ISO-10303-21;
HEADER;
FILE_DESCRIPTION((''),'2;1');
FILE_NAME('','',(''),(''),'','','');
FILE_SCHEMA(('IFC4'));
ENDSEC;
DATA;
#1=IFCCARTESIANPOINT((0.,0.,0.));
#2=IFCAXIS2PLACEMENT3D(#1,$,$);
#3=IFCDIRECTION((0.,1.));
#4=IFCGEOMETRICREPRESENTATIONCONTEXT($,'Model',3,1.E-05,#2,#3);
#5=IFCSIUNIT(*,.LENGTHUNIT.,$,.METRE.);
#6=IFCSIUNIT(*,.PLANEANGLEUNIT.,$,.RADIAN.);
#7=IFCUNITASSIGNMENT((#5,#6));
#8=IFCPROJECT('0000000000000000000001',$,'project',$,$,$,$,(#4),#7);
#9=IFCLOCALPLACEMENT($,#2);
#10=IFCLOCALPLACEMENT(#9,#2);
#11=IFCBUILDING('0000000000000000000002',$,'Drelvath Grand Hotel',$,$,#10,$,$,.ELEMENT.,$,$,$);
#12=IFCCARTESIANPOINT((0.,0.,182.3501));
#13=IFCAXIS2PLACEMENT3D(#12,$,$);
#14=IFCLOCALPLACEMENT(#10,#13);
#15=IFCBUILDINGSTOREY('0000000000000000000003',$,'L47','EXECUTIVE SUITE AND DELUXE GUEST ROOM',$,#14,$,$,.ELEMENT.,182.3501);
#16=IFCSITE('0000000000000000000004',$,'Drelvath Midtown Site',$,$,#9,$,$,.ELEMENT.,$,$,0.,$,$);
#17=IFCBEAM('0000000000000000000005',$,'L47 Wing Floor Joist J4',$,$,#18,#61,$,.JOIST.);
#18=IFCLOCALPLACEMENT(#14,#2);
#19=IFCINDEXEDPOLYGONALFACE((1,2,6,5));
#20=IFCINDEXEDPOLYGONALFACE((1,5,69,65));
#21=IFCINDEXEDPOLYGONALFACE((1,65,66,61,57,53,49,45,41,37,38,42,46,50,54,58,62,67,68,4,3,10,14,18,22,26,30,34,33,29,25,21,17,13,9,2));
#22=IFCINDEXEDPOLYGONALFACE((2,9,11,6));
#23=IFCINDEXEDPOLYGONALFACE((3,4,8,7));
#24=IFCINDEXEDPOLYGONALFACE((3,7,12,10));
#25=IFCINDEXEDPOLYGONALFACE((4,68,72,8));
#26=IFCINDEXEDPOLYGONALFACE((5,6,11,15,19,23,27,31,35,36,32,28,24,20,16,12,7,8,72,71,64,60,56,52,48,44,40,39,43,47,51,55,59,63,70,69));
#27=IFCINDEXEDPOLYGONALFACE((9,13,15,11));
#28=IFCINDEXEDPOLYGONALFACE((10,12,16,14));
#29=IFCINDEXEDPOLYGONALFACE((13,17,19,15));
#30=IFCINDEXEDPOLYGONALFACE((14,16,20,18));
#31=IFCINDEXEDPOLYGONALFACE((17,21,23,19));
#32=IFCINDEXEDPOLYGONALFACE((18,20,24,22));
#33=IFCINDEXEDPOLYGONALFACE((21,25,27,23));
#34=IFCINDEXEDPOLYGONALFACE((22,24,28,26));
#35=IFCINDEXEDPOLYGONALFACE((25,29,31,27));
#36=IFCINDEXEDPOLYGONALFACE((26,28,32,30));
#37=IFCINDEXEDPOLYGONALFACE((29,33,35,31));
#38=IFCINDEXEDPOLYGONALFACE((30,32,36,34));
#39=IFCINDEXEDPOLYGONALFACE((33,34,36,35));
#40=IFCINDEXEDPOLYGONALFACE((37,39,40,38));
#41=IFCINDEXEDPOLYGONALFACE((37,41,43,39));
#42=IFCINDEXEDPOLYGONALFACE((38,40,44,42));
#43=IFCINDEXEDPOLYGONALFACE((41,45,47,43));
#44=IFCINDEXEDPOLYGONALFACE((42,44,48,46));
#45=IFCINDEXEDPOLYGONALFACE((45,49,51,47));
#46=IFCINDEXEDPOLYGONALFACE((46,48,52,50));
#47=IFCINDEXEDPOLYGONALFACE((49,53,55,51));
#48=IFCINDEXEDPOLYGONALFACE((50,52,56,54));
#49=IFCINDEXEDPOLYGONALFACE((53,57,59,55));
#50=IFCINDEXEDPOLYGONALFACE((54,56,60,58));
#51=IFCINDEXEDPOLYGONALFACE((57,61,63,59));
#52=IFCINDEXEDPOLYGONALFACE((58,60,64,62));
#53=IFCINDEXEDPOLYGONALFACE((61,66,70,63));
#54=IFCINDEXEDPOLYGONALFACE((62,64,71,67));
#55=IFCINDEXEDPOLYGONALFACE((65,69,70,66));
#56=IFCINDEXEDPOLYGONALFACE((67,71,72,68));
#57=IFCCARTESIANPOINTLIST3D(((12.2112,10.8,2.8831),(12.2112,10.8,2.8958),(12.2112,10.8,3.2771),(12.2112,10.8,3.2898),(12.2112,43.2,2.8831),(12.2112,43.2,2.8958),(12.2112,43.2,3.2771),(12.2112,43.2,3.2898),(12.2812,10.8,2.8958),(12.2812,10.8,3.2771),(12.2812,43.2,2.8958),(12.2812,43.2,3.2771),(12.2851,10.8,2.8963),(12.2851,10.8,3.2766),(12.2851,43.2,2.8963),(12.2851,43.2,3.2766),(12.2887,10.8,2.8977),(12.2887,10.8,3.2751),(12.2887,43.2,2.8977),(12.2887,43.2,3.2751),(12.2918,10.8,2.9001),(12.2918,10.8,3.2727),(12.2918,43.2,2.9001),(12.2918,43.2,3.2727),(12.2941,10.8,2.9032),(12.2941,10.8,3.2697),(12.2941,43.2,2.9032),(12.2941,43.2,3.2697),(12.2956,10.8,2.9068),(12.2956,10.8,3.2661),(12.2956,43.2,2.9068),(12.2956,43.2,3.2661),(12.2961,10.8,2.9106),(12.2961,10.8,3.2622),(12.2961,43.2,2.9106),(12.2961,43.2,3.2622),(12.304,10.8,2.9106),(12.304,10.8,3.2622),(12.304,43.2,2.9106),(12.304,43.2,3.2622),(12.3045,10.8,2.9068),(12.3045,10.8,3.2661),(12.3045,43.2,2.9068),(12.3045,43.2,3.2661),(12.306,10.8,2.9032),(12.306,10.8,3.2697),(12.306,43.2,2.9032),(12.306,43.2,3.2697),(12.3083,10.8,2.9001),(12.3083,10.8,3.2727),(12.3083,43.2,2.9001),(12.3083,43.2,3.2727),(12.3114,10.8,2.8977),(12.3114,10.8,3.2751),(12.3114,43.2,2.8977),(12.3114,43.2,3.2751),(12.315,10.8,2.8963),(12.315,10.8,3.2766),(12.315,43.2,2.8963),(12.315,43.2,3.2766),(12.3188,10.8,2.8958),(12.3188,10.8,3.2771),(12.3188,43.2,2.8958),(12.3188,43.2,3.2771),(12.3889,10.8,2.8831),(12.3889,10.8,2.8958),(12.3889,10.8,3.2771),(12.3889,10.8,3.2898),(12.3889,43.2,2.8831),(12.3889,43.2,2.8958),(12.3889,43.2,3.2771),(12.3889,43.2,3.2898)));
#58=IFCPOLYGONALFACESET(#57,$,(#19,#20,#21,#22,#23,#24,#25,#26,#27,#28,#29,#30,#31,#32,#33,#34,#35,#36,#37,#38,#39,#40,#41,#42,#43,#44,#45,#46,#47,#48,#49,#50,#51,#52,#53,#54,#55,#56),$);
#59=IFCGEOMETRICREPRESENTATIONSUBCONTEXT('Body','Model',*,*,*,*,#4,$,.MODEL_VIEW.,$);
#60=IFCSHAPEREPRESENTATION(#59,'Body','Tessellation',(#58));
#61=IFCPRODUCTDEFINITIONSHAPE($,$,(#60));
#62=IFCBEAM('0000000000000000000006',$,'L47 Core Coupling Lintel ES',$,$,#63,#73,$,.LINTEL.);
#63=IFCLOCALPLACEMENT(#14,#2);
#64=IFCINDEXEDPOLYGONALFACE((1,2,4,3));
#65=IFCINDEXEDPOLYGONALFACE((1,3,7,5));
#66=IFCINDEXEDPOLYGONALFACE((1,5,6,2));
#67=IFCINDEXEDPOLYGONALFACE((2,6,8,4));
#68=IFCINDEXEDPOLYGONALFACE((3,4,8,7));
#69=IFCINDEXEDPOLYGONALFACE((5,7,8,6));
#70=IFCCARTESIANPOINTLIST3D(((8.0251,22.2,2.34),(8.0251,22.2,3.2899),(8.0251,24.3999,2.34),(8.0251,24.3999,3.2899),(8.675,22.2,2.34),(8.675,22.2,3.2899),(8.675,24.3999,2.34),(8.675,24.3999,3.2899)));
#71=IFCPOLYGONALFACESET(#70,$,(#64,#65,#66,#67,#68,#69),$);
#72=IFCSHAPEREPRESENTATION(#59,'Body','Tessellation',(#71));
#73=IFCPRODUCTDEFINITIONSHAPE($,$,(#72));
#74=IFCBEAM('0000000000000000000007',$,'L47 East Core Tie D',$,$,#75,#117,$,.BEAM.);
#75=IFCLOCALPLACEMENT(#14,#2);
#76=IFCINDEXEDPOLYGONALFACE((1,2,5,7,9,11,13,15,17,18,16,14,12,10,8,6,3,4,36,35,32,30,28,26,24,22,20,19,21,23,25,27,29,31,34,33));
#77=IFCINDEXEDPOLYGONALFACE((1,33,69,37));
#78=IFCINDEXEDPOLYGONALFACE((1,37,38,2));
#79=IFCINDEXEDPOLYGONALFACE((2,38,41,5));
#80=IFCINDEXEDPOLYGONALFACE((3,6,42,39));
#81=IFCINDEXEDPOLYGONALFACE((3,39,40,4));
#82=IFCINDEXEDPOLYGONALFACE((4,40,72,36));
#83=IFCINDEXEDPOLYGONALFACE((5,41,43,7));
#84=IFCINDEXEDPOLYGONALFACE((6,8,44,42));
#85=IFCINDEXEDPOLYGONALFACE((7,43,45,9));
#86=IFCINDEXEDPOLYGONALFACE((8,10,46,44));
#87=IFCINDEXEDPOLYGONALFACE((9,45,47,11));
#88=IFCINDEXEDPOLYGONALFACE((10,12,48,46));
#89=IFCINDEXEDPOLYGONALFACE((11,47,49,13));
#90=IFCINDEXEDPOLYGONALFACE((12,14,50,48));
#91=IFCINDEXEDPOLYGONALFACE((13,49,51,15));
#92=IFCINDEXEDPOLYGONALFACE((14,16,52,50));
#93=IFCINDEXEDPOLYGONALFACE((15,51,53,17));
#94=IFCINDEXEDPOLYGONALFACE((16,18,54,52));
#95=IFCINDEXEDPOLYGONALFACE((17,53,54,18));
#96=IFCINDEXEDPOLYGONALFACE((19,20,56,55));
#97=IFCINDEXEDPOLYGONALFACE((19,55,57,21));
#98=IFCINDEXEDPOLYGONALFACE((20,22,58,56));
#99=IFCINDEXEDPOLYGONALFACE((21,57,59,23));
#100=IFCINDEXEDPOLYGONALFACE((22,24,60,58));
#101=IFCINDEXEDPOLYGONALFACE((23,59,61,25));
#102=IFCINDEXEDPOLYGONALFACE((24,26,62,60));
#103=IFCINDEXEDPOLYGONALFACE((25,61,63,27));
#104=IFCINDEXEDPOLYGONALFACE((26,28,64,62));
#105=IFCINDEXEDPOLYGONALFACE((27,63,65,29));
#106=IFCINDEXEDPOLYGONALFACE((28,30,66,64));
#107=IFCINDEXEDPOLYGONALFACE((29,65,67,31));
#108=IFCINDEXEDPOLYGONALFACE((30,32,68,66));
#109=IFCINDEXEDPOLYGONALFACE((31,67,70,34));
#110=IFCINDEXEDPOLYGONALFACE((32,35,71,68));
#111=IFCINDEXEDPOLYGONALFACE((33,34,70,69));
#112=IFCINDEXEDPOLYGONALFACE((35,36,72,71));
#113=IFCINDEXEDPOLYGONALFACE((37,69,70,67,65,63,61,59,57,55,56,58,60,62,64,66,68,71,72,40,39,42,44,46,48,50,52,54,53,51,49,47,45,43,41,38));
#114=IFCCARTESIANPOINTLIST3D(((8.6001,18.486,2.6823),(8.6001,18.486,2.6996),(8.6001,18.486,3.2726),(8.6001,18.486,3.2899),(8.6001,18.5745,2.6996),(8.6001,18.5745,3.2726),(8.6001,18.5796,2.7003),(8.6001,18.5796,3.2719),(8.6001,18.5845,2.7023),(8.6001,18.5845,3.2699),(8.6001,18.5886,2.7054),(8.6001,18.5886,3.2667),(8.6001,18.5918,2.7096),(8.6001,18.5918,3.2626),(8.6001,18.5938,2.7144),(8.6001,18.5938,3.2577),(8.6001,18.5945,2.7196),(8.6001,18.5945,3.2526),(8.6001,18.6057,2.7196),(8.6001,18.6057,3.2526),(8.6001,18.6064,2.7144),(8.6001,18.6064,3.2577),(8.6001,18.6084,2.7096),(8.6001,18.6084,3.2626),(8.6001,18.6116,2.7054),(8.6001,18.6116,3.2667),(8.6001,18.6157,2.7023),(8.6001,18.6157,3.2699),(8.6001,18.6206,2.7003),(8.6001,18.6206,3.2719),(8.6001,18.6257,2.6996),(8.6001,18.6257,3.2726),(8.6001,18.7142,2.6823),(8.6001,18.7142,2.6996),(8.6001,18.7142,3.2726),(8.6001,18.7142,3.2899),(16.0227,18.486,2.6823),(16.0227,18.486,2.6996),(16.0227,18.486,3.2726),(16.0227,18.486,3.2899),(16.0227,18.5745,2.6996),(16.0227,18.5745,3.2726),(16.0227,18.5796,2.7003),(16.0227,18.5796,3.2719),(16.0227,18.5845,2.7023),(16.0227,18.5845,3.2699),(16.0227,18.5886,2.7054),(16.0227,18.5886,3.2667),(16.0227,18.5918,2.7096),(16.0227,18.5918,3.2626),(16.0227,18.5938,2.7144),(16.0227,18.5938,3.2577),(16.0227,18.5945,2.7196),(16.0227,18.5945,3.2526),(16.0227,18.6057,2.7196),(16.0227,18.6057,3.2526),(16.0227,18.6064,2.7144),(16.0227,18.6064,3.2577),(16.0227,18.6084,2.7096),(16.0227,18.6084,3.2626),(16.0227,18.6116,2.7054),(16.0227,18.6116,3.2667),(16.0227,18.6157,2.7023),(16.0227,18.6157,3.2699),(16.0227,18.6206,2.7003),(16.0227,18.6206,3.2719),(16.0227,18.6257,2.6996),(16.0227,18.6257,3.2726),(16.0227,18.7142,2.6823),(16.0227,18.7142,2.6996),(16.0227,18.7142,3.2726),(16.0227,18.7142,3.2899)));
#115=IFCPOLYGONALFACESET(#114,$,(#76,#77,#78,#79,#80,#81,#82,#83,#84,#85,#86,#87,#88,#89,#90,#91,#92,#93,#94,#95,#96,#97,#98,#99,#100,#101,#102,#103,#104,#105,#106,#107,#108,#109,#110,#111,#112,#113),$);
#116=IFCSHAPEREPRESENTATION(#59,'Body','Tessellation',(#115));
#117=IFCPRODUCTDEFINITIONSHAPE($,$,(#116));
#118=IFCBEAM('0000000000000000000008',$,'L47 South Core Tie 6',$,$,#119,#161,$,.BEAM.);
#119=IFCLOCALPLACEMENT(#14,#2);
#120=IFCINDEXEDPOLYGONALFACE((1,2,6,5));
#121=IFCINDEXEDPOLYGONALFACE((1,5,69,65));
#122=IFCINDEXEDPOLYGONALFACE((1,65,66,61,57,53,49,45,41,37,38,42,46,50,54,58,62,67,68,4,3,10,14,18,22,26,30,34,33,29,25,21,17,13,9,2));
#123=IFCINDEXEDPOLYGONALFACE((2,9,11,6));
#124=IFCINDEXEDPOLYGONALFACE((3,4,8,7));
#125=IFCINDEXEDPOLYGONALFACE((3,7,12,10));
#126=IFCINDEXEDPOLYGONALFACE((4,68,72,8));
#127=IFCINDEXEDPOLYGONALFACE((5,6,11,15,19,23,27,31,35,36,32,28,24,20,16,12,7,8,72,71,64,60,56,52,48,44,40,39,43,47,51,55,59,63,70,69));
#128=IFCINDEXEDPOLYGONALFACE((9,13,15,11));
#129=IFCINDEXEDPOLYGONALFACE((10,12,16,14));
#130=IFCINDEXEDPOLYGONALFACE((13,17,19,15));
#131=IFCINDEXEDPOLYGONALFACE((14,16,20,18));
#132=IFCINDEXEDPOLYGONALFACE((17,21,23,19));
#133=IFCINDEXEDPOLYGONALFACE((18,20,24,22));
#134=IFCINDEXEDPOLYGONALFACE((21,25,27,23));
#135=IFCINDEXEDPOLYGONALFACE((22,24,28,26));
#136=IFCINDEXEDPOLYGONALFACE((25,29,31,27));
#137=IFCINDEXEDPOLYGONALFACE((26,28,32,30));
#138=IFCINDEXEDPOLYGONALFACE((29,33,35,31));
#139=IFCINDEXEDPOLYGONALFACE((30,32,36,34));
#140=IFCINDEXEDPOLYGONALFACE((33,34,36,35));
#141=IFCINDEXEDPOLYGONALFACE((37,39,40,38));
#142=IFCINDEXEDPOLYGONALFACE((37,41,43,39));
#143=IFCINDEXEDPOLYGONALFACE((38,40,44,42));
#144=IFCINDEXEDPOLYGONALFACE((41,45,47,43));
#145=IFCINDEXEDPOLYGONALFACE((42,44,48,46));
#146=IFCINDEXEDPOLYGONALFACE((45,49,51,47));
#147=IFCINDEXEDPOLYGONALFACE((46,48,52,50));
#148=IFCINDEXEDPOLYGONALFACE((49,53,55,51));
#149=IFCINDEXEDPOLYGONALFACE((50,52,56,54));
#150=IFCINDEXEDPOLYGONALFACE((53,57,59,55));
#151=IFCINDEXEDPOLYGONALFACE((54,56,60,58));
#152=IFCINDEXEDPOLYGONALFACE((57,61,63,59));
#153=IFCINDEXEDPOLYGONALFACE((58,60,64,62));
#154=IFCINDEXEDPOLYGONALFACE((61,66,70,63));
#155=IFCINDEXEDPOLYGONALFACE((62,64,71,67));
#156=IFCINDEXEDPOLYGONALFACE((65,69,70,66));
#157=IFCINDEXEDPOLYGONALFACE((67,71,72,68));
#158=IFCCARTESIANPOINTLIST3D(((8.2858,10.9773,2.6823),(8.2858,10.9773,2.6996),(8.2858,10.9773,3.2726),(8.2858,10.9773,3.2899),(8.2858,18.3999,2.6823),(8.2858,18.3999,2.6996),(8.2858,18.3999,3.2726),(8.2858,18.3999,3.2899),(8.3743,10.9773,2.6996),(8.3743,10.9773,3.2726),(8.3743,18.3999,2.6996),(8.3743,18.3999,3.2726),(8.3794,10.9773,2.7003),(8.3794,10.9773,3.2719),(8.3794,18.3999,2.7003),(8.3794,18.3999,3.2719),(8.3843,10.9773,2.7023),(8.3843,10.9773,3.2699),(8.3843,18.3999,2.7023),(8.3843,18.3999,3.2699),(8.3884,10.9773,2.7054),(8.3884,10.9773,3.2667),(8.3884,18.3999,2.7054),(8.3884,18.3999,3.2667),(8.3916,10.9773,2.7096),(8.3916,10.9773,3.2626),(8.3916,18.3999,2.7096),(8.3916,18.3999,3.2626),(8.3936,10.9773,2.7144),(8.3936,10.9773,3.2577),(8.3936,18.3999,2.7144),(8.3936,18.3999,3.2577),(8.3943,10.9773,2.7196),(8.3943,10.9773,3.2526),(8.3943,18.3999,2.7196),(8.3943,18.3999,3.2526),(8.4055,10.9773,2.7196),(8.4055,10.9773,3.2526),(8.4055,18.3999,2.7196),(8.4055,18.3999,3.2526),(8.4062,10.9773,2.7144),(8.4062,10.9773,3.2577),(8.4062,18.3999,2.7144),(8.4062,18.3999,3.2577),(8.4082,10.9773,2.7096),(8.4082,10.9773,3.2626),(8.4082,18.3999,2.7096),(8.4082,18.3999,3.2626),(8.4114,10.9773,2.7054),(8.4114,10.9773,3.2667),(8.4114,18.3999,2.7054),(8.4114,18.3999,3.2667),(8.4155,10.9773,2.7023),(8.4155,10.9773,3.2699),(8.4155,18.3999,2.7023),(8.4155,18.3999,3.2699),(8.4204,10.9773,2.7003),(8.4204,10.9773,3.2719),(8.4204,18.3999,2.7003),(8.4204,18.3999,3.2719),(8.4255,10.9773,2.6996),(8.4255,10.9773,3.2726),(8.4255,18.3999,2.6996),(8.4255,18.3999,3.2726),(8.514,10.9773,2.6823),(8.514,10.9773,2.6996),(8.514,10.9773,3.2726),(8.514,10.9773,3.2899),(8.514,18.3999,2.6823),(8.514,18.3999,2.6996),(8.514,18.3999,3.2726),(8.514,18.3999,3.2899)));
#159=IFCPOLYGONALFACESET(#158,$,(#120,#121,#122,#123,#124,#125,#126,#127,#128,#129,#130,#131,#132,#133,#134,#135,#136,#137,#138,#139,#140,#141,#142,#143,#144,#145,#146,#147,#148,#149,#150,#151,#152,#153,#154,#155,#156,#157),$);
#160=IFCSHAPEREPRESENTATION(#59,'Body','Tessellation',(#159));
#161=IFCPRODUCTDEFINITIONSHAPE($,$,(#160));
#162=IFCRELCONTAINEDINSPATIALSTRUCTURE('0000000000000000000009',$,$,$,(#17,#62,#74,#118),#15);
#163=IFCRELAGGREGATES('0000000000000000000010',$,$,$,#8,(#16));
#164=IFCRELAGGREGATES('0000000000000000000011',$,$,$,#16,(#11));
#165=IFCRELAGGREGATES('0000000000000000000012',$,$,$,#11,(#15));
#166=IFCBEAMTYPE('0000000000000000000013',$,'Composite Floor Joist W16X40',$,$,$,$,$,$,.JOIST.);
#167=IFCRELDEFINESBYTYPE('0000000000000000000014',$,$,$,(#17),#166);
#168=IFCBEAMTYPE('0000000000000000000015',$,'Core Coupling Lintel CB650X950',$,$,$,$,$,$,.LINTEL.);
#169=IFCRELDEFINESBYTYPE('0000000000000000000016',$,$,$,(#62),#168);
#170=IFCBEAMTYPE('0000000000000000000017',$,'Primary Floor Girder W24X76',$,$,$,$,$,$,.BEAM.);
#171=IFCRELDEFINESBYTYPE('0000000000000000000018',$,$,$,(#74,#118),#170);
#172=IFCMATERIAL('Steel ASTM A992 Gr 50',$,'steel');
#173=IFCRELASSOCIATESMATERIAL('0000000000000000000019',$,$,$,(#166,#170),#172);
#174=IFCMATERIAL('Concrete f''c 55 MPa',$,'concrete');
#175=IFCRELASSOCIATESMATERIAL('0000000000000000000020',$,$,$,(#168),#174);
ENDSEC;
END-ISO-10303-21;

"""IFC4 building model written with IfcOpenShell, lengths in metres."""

from ifc_helpers import new_model, si_unit, direction, frame, origin, origin_2d, place, context, subcontext, project, spatial, rectangle, i_section, extrude, material, material_profile, profile_set, type_object, element, save


model = new_model("IFC4")

# Units and contexts
model_context = context("Model", 3, precision=1e-05, world=origin(), true_north=direction((0.0, 1.0)))
body_context = subcontext(model_context, "Body", "Model", "MODEL_VIEW")
ifc_project = project(units=[si_unit("LENGTHUNIT", "METRE"), si_unit("PLANEANGLEUNIT", "RADIAN")], contexts=[model_context])

# Site, building, storey
site_placement = place(None, origin())
site = spatial("IfcSite", under=ifc_project, at=site_placement, Name="Drelvath Midtown Site", CompositionType="ELEMENT", RefElevation=0.0)
building_placement = place(site_placement, origin())
building = spatial("IfcBuilding", under=site, at=building_placement, Name="Drelvath Grand Hotel", CompositionType="ELEMENT")
storey_placement = place(building_placement, frame((0.0, 0.0, 182.3501)))
storey = spatial("IfcBuildingStorey", under=building, at=storey_placement, Name="L47", Description="EXECUTIVE SUITE AND DELUXE GUEST ROOM", CompositionType="ELEMENT", Elevation=182.3501)

# Beams
ifc_material_1 = material(Name="Steel ASTM A992 Gr 50", Category="steel")
ifc_material_profile_1 = material_profile(ifc_material_1, i_section(OverallWidth=0.1777, OverallDepth=0.4067, WebThickness=0.0078, FlangeThickness=0.0127, FilletRadius=0.0149, at=origin_2d()), Name="W16X40")
ifc_profile_set_1 = profile_set([ifc_material_profile_1], Name="Steel ASTM A992 Gr 50")
beam_type_1 = type_object("IfcBeamType", Name="Composite Floor Joist W16X40", PredefinedType="JOIST", material=ifc_profile_set_1)
beam_1_placement = place(storey_placement, frame((12.3, 10.8, 3.0864), z_axis=(0.0, 1.0, 0.0), x_axis=(-1.0, 0.0, 0.0)))
element("IfcBeam", 1, at=beam_1_placement, inside=storey, type_object=beam_type_1, Name="L47 Wing Floor Joist J4", PredefinedType="JOIST", context=body_context, shape_type="SweptSolid", body=[
    extrude(i_section(OverallWidth=0.1777, OverallDepth=0.4067, WebThickness=0.0078, FlangeThickness=0.0127, FilletRadius=0.0149, at=origin_2d()), origin(), (0.0, 0.0, 1.0), 32.3999),
])
ifc_material_2 = material(Name="Concrete f'c 55 MPa", Category="concrete")
ifc_material_profile_2 = material_profile(ifc_material_2, rectangle(XDim=0.6499, YDim=0.95, at=origin_2d()), Name="CB650X950")
ifc_profile_set_2 = profile_set([ifc_material_profile_2], Name="Concrete f'c 55 MPa")
beam_type_2 = type_object("IfcBeamType", Name="Core Coupling Lintel CB650X950", PredefinedType="LINTEL", material=ifc_profile_set_2)
beam_2_placement = place(storey_placement, frame((8.3501, 22.2, 2.8149), z_axis=(0.0, 1.0, 0.0), x_axis=(-1.0, 0.0, 0.0)))
element("IfcBeam", 2, at=beam_2_placement, inside=storey, type_object=beam_type_2, Name="L47 Core Coupling Lintel ES", PredefinedType="LINTEL", context=body_context, shape_type="SweptSolid", body=[
    extrude(rectangle(XDim=0.6499, YDim=0.95, at=origin_2d()), origin(), (0.0, 0.0, 1.0), 2.2),
])
ifc_material_profile_3 = material_profile(ifc_material_1, i_section(OverallWidth=0.2283, OverallDepth=0.6077, WebThickness=0.0112, FlangeThickness=0.0173, FilletRadius=0.02, at=origin_2d()), Name="W24X76")
ifc_profile_set_3 = profile_set([ifc_material_profile_3], Name="Steel ASTM A992 Gr 50")
beam_type_3 = type_object("IfcBeamType", Name="Primary Floor Girder W24X76", PredefinedType="BEAM", material=ifc_profile_set_3)
for number, where, z_axis, x_axis, name in (
    (3, (8.6001, 18.6001, 2.9861), (1.0, 0.0, 0.0), (0.0, 1.0, 0.0), "L47 East Core Tie D"),
    (4, (8.3999, 10.9773, 2.9861), (0.0, 1.0, 0.0), (-1.0, 0.0, 0.0), "L47 South Core Tie 6"),
):
    element("IfcBeam", number, at=place(storey_placement, frame(where, z_axis=z_axis, x_axis=x_axis)), inside=storey, type_object=beam_type_3, Name=name, PredefinedType="BEAM", context=body_context, shape_type="SweptSolid", body=[
        extrude(i_section(OverallWidth=0.2283, OverallDepth=0.6077, WebThickness=0.0112, FlangeThickness=0.0173, FilletRadius=0.02, at=origin_2d()), origin(), (0.0, 0.0, 1.0), 7.4226),
    ])

save(model, "model.ifc")
